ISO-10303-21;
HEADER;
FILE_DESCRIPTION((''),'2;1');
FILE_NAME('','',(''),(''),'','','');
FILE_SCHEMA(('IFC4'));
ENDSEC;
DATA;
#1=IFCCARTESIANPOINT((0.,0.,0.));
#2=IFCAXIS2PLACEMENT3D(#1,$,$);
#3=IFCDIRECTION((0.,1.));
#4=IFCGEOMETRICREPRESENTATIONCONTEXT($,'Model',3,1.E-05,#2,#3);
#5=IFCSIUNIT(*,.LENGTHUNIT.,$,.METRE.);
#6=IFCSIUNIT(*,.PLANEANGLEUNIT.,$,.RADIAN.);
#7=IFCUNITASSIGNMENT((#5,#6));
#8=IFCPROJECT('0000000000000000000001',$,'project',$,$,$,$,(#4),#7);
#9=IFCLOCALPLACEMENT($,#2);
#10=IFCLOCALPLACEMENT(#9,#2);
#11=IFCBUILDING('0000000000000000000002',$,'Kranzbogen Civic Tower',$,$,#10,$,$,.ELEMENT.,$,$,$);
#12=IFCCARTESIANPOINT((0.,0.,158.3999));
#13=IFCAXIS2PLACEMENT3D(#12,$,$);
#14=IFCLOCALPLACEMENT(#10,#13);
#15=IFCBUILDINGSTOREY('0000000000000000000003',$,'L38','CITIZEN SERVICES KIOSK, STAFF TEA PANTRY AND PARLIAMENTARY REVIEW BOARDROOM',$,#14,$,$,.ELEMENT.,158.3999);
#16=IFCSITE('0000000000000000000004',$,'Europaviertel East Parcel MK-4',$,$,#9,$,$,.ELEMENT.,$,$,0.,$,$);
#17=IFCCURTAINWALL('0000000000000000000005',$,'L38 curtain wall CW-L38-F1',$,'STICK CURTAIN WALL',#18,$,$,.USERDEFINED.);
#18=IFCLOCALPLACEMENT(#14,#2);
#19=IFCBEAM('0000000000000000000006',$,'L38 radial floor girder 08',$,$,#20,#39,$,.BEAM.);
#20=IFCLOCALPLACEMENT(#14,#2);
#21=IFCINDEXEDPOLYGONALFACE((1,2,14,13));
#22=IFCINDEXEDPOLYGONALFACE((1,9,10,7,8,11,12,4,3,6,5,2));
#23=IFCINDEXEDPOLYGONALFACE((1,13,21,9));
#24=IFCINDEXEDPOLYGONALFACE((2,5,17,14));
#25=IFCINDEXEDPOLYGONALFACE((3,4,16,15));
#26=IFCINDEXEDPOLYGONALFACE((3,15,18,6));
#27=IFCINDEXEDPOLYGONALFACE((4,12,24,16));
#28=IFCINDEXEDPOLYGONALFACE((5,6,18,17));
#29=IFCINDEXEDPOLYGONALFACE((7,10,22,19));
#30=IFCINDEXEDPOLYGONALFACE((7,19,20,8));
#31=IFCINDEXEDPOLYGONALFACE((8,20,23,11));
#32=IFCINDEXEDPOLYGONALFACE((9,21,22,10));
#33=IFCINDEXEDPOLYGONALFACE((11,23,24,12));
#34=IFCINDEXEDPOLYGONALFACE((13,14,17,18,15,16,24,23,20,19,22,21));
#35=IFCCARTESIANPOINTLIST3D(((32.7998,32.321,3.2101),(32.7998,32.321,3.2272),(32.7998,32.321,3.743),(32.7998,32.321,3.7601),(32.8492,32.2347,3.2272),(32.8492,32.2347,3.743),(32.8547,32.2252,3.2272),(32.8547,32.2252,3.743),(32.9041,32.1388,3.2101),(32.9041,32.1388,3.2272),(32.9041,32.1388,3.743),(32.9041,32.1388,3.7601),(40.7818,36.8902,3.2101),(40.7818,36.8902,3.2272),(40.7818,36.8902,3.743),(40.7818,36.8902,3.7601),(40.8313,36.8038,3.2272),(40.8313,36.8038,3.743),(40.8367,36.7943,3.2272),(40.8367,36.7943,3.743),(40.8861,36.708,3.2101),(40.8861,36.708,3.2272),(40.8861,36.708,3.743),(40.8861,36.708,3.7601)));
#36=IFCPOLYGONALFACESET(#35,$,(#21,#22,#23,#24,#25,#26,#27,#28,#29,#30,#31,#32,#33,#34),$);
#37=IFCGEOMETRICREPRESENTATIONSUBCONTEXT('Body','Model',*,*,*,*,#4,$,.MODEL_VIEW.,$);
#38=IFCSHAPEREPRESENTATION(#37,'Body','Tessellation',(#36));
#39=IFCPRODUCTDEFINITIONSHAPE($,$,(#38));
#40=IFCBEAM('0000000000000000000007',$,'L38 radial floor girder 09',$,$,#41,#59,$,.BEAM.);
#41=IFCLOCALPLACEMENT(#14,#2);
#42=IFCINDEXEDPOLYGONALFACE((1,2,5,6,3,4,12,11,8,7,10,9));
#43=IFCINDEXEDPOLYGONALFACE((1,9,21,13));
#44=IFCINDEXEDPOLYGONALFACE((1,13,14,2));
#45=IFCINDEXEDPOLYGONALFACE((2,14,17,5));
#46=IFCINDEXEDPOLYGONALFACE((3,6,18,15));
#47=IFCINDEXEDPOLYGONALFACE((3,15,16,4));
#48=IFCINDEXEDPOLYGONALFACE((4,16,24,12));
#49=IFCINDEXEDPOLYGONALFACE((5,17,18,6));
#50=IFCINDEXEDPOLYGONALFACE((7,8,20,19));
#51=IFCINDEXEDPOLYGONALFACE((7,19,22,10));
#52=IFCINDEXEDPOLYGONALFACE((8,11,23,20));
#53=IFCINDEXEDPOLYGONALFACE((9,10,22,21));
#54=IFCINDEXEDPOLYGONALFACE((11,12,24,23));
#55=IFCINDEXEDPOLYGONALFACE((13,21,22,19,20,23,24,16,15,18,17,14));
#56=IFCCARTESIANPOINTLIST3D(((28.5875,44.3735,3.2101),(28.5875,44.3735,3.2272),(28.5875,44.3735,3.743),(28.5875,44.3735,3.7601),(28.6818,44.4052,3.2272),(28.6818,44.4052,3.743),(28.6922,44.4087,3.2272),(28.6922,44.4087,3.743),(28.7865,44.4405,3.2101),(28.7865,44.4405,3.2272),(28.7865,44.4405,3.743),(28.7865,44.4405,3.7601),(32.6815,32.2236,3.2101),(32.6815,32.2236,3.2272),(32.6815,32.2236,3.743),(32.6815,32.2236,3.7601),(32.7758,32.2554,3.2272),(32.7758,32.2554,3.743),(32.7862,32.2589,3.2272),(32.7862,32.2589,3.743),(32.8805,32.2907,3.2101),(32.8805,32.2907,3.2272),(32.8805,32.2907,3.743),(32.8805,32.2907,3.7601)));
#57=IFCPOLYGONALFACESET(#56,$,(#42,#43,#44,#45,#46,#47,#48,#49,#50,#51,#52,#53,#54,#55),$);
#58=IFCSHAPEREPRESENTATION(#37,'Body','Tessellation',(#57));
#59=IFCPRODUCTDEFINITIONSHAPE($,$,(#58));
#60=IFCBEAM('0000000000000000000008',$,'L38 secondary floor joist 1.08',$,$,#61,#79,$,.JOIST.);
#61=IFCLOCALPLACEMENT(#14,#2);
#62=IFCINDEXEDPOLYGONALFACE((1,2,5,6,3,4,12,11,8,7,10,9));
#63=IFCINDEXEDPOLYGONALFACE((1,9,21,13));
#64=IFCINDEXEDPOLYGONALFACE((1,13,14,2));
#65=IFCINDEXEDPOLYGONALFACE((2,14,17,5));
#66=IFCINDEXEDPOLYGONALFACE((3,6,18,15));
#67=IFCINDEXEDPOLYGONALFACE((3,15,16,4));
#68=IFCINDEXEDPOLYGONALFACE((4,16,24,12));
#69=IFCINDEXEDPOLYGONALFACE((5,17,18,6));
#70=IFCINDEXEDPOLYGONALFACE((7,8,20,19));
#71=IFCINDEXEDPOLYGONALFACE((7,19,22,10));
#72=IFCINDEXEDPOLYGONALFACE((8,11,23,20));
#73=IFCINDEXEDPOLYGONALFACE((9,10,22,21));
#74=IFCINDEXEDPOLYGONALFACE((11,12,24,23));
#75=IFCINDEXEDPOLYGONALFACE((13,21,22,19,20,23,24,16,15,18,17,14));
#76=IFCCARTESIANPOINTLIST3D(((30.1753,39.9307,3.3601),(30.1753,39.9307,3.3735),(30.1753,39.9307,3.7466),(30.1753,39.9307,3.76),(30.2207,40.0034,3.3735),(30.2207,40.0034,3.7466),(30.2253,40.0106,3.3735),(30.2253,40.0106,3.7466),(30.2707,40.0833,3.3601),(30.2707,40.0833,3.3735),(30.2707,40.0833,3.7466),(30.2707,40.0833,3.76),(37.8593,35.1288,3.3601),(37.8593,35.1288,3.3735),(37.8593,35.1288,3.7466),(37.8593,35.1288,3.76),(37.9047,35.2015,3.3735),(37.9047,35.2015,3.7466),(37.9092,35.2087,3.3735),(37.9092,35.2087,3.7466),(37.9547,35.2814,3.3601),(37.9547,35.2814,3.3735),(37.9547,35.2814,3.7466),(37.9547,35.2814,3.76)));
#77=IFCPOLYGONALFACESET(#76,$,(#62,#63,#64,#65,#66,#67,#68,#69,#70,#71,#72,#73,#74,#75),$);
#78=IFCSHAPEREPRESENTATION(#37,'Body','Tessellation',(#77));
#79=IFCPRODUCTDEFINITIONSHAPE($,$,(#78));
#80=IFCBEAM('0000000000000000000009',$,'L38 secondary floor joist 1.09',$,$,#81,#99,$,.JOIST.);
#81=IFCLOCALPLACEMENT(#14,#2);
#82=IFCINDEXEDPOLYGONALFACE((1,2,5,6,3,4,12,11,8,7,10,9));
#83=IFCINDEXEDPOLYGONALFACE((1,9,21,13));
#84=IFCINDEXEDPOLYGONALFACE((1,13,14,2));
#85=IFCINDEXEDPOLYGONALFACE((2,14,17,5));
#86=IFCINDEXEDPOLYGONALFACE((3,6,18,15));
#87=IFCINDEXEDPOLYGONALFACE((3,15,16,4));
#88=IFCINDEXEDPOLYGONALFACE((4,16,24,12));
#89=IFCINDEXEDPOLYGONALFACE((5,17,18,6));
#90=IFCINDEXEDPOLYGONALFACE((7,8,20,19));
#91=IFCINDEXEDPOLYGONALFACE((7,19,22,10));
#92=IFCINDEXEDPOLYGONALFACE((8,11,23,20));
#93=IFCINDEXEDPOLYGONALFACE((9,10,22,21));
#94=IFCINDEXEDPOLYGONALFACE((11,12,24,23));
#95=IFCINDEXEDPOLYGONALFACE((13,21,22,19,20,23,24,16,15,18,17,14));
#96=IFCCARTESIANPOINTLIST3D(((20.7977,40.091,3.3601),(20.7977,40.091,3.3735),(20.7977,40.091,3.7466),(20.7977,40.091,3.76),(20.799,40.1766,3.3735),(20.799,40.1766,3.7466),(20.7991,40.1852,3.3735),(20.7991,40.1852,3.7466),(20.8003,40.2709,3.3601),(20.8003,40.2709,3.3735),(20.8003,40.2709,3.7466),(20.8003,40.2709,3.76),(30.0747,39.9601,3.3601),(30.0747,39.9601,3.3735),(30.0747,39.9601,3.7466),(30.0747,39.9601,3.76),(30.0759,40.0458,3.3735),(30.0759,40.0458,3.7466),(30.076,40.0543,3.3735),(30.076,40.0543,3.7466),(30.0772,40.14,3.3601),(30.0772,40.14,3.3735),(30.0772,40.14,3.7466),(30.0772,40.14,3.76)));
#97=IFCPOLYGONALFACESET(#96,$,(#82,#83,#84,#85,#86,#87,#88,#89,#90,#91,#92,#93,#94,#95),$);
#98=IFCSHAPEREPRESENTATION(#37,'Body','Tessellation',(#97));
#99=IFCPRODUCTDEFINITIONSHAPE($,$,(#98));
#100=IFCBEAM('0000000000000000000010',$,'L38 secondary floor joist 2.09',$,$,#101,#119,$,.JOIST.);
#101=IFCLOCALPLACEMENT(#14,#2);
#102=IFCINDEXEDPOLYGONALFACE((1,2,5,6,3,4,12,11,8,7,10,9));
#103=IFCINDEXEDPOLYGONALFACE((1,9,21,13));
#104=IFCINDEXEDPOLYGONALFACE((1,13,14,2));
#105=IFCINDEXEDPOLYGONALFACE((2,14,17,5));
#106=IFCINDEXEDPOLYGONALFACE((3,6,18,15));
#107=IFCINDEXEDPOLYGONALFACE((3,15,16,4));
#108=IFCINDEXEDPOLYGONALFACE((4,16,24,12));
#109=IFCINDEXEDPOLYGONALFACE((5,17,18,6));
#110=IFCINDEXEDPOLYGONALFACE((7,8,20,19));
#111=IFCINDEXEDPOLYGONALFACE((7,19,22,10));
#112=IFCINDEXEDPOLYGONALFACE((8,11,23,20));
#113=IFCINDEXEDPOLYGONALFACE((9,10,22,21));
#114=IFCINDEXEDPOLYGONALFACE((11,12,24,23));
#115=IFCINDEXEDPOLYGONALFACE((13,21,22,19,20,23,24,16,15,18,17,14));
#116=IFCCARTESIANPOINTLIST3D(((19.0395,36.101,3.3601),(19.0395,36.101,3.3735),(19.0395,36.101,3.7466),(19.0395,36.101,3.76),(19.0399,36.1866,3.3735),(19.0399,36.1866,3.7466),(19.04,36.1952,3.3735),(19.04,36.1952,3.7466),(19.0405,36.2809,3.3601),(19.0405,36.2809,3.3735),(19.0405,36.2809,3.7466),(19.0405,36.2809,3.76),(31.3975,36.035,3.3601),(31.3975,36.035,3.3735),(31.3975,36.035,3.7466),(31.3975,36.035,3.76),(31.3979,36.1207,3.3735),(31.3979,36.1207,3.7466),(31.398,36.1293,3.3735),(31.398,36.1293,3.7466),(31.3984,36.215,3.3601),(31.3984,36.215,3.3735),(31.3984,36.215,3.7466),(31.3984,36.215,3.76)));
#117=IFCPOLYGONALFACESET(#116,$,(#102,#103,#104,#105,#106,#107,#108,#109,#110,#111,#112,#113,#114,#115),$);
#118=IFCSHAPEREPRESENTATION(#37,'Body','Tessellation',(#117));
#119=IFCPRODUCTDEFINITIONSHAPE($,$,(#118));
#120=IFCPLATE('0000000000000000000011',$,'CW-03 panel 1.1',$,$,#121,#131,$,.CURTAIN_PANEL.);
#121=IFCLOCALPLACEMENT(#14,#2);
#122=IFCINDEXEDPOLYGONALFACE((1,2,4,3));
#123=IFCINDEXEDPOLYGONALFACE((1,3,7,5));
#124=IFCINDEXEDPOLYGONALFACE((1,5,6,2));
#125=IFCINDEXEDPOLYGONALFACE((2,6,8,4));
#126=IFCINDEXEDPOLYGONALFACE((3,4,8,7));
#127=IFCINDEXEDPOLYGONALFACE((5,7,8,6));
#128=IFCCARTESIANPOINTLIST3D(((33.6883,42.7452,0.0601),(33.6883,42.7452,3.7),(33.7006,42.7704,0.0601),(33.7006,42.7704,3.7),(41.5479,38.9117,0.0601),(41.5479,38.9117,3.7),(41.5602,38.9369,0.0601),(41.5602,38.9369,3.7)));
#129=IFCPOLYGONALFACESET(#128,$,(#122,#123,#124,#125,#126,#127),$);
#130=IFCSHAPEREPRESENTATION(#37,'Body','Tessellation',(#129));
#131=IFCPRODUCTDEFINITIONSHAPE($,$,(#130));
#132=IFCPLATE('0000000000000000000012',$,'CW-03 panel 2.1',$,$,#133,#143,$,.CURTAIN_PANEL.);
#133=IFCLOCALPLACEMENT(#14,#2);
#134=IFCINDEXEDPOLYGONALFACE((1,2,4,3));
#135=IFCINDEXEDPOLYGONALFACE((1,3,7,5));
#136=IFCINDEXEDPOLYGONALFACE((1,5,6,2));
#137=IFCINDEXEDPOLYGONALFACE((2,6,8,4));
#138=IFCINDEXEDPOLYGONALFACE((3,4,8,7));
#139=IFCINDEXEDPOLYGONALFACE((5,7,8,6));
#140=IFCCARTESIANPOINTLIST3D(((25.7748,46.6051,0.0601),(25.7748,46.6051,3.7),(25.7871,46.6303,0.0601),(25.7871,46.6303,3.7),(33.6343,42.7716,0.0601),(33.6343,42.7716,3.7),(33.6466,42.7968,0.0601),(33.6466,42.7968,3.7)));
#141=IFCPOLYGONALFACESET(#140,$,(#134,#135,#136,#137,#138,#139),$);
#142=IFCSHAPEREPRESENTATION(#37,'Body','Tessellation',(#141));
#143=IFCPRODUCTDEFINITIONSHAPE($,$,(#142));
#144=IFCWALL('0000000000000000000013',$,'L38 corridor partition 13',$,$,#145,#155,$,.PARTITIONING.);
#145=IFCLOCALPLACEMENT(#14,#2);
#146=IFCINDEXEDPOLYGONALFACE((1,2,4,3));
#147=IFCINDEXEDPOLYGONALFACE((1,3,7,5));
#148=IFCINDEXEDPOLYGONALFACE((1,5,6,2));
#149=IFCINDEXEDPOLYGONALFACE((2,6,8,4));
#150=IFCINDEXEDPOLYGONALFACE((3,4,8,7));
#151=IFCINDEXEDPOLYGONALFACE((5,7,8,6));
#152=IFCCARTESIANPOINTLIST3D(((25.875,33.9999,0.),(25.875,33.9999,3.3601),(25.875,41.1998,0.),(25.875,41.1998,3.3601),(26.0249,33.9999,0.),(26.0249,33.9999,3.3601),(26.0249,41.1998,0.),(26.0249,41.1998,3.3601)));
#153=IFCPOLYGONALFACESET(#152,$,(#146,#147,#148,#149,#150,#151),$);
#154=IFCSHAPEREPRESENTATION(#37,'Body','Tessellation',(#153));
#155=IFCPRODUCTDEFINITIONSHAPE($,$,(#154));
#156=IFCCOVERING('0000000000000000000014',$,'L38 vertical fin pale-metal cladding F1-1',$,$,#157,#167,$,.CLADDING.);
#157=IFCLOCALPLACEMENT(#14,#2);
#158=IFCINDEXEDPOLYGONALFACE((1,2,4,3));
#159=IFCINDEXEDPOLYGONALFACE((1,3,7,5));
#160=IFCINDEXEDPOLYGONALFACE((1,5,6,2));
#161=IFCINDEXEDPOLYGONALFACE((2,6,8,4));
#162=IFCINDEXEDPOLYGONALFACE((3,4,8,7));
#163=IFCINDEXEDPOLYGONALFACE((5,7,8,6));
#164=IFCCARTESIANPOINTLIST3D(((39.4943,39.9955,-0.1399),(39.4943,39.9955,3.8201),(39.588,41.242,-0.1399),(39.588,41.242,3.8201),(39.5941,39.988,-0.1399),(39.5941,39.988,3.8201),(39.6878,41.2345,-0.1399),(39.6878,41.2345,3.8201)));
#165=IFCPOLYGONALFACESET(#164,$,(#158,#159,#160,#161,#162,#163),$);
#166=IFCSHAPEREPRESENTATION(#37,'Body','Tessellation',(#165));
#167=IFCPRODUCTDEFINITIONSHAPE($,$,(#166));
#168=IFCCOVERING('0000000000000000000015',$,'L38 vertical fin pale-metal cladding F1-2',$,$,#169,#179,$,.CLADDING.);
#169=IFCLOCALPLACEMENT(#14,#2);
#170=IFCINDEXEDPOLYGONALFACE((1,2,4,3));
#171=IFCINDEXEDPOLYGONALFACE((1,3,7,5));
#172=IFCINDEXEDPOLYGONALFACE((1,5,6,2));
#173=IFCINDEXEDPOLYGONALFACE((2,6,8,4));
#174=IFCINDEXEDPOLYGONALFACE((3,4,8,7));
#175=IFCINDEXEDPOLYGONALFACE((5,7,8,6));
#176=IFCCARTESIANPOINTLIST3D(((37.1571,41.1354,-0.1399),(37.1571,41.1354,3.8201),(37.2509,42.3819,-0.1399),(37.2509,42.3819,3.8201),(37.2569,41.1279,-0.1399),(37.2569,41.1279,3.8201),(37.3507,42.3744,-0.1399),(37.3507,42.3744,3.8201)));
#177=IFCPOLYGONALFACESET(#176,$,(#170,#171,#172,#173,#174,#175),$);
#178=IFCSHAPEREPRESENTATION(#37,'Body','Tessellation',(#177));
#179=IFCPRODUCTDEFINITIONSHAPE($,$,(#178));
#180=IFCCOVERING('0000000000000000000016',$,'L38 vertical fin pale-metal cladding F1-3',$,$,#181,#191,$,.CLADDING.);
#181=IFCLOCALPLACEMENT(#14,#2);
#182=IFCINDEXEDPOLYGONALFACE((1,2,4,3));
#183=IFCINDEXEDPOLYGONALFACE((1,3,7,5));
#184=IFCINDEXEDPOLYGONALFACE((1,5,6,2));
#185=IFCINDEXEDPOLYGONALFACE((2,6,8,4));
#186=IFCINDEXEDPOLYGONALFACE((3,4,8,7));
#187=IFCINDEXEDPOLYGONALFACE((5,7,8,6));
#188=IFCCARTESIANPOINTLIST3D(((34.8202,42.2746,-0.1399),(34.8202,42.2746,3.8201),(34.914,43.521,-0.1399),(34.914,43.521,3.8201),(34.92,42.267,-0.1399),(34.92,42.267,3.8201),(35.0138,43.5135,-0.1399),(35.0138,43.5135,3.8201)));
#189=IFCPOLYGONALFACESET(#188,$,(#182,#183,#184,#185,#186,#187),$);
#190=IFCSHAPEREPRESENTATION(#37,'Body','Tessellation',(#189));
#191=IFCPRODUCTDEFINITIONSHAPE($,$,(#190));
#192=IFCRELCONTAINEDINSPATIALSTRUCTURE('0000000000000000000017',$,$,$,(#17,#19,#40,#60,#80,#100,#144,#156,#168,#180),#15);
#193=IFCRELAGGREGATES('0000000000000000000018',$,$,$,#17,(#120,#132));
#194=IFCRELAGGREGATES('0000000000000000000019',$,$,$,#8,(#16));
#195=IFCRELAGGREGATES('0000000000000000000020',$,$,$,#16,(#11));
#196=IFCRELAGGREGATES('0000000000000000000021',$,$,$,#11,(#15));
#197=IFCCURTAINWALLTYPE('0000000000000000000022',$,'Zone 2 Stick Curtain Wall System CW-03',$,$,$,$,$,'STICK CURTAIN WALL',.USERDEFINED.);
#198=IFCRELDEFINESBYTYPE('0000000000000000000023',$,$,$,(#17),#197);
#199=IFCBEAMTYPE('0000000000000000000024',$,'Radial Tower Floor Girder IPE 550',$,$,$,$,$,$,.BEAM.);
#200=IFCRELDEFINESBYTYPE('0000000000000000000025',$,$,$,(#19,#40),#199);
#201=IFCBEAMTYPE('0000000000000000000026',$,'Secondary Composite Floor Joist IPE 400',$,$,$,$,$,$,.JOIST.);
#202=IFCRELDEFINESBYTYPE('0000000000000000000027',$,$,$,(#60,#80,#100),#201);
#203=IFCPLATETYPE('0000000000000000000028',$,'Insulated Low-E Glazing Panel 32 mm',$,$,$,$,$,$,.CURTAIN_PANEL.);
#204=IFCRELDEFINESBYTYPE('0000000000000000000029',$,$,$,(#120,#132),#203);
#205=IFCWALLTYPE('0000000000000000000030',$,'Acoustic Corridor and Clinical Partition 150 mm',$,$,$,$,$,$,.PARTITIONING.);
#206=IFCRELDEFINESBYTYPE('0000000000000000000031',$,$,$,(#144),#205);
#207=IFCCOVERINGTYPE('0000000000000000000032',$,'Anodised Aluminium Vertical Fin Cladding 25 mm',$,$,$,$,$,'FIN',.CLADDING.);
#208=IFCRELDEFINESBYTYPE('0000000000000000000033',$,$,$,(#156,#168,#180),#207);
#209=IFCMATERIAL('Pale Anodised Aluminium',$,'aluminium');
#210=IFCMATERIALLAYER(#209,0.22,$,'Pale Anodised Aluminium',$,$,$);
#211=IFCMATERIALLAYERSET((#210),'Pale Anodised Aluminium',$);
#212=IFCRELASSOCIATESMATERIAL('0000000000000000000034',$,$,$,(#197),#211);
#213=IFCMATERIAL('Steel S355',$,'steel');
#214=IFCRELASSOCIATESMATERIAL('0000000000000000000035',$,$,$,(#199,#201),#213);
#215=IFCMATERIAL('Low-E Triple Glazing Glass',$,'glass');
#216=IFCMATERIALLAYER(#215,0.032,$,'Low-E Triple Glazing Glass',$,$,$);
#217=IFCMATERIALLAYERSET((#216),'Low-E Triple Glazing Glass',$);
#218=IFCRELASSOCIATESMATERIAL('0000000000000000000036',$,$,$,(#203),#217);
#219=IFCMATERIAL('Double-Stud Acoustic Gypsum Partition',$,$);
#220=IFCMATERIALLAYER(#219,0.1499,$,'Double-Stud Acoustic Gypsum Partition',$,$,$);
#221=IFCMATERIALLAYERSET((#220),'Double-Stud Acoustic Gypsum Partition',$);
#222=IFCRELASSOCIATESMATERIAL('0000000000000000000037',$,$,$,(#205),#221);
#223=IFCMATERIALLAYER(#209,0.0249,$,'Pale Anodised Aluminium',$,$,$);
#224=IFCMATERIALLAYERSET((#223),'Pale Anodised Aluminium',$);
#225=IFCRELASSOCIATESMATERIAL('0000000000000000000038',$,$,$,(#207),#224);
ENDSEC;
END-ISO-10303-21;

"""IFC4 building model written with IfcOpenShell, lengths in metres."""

from ifc_helpers import new_model, si_unit, direction, frame, frame_2d, origin, origin_2d, place, context, subcontext, project, spatial, rectangle, i_section, extrude, material, layer, layer_set, material_profile, profile_set, type_object, element, aggregate, save


model = new_model("IFC4")

# Units and contexts
model_context = context("Model", 3, precision=1e-05, world=origin(), true_north=direction((0.0, 1.0)))
body_context = subcontext(model_context, "Body", "Model", "MODEL_VIEW")
ifc_project = project(units=[si_unit("LENGTHUNIT", "METRE"), si_unit("PLANEANGLEUNIT", "RADIAN")], contexts=[model_context])

# Site, building, storey
site_placement = place(None, origin())
site = spatial("IfcSite", under=ifc_project, at=site_placement, Name="Europaviertel East Parcel MK-4", CompositionType="ELEMENT", RefElevation=0.0)
building_placement = place(site_placement, origin())
building = spatial("IfcBuilding", under=site, at=building_placement, Name="Kranzbogen Civic Tower", CompositionType="ELEMENT")
storey_placement = place(building_placement, frame((0.0, 0.0, 158.3999)))
storey = spatial("IfcBuildingStorey", under=building, at=storey_placement, Name="L38", Description="CITIZEN SERVICES KIOSK, STAFF TEA PANTRY AND PARLIAMENTARY REVIEW BOARDROOM", CompositionType="ELEMENT", Elevation=158.3999)

# Shared definitions
ifc_material_1 = material(Name="Steel S355", Category="steel")

# Curtain wall
ifc_material_2 = material(Name="Pale Anodised Aluminium", Category="aluminium")
ifc_layer_1 = layer(ifc_material_2, 0.22, Name="Pale Anodised Aluminium")
ifc_layer_set_1 = layer_set([ifc_layer_1], Name="Pale Anodised Aluminium")
curtain_wall_type = type_object("IfcCurtainWallType", Name="Zone 2 Stick Curtain Wall System CW-03", ElementType="STICK CURTAIN WALL", PredefinedType="USERDEFINED", material=ifc_layer_set_1)
curtain_wall_placement = place(storey_placement, origin())
curtain_wall = element("IfcCurtainWall", 1, at=curtain_wall_placement, inside=storey, type_object=curtain_wall_type, Name="L38 curtain wall CW-L38-F1", ObjectType="STICK CURTAIN WALL", PredefinedType="USERDEFINED")

# Beams
ifc_material_profile_1 = material_profile(ifc_material_1, i_section(OverallWidth=0.21, OverallDepth=0.55, WebThickness=0.011, FlangeThickness=0.0171, at=origin_2d()), Name="IPE 550")
ifc_profile_set_1 = profile_set([ifc_material_profile_1], Name="Steel S355")
beam_type_1 = type_object("IfcBeamType", Name="Radial Tower Floor Girder IPE 550", PredefinedType="BEAM", material=ifc_profile_set_1)
beam_1_placement = place(storey_placement, frame((40.834, 36.7991, 3.4851), z_axis=(-0.867869, -0.496793, 0.0), x_axis=(0.496793, -0.867869, 0.0)))
element("IfcBeam", 2, at=beam_1_placement, inside=storey, type_object=beam_type_1, Name="L38 radial floor girder 08", PredefinedType="BEAM", context=body_context, shape_type="SweptSolid", body=[
    extrude(i_section(OverallWidth=0.21, OverallDepth=0.55, WebThickness=0.011, FlangeThickness=0.0171, at=origin_2d()), origin(), (0.0, 0.0, 1.0), 9.1973),
])
beam_2_placement = place(storey_placement, frame((28.687, 44.407, 3.4851), z_axis=(0.319317, -0.947648, 0.0), x_axis=(0.947648, 0.319317, 0.0)))
element("IfcBeam", 3, at=beam_2_placement, inside=storey, type_object=beam_type_1, Name="L38 radial floor girder 09", PredefinedType="BEAM", context=body_context, shape_type="SweptSolid", body=[
    extrude(i_section(OverallWidth=0.21, OverallDepth=0.55, WebThickness=0.011, FlangeThickness=0.0171, at=origin_2d()), origin(), (0.0, 0.0, 1.0), 12.821),
])
ifc_material_profile_2 = material_profile(ifc_material_1, i_section(OverallWidth=0.1799, OverallDepth=0.3999, WebThickness=0.0085, FlangeThickness=0.0134, at=origin_2d()), Name="IPE 400")
ifc_profile_set_2 = profile_set([ifc_material_profile_2], Name="Steel S355")
beam_type_2 = type_object("IfcBeamType", Name="Secondary Composite Floor Joist IPE 400", PredefinedType="JOIST", material=ifc_profile_set_2)
beam_3_placement = place(storey_placement, frame((37.907, 35.2051, 3.5601), z_axis=(-0.848026, 0.529955, 0.0), x_axis=(-0.529955, -0.848026, 0.0)))
element("IfcBeam", 4, at=beam_3_placement, inside=storey, type_object=beam_type_2, Name="L38 secondary floor joist 1.08", PredefinedType="JOIST", context=body_context, shape_type="SweptSolid", body=[
    extrude(i_section(OverallWidth=0.1799, OverallDepth=0.3999, WebThickness=0.0085, FlangeThickness=0.0134, at=origin_2d()), origin(), (0.0, 0.0, 1.0), 9.061),
])
beam_4_placement = place(storey_placement, frame((30.0759, 40.05, 3.5601), z_axis=(-0.999901, 0.014105, 0.0), x_axis=(-0.014105, -0.999901, 0.0)))
element("IfcBeam", 5, at=beam_4_placement, inside=storey, type_object=beam_type_2, Name="L38 secondary floor joist 1.09", PredefinedType="JOIST", context=body_context, shape_type="SweptSolid", body=[
    extrude(i_section(OverallWidth=0.1799, OverallDepth=0.3999, WebThickness=0.0085, FlangeThickness=0.0134, at=origin_2d()), origin(), (0.0, 0.0, 1.0), 9.2778),
])
beam_5_placement = place(storey_placement, frame((31.3979, 36.125, 3.5601), z_axis=(-0.999986, 0.005334, 0.0), x_axis=(-0.005334, -0.999986, 0.0)))
element("IfcBeam", 6, at=beam_5_placement, inside=storey, type_object=beam_type_2, Name="L38 secondary floor joist 2.09", PredefinedType="JOIST", context=body_context, shape_type="SweptSolid", body=[
    extrude(i_section(OverallWidth=0.1799, OverallDepth=0.3999, WebThickness=0.0085, FlangeThickness=0.0134, at=origin_2d()), origin(), (0.0, 0.0, 1.0), 12.3582),
])

# Plates
ifc_material_3 = material(Name="Low-E Triple Glazing Glass", Category="glass")
ifc_layer_2 = layer(ifc_material_3, 0.032, Name="Low-E Triple Glazing Glass")
ifc_layer_set_2 = layer_set([ifc_layer_2], Name="Low-E Triple Glazing Glass")
plate_type = type_object("IfcPlateType", Name="Insulated Low-E Glazing Panel 32 mm", PredefinedType="CURTAIN_PANEL", material=ifc_layer_set_2)
plate_1_placement = place(storey_placement, frame((37.6243, 40.8411, 0.0601), z_axis=(0.0, 0.0, 1.0), x_axis=(-0.898787, 0.438386, 0.0)))
plate_1 = element("IfcPlate", 7, at=plate_1_placement, type_object=plate_type, Name="CW-03 panel 1.1", PredefinedType="CURTAIN_PANEL", context=body_context, shape_type="SweptSolid", body=[
    extrude(rectangle(XDim=8.7446, YDim=0.0281, at=origin_2d()), origin(), (0.0, 0.0, 1.0), 3.6399),
])
plate_2_placement = place(storey_placement, frame((29.7107, 44.7009, 0.0601), z_axis=(0.0, 0.0, 1.0), x_axis=(-0.898787, 0.438386, 0.0)))
plate_2 = element("IfcPlate", 8, at=plate_2_placement, type_object=plate_type, Name="CW-03 panel 2.1", PredefinedType="CURTAIN_PANEL", context=body_context, shape_type="SweptSolid", body=[
    extrude(rectangle(XDim=8.7446, YDim=0.0281, at=origin_2d()), origin(), (0.0, 0.0, 1.0), 3.6399),
])
aggregate(curtain_wall, [plate_1, plate_2])

# Wall
ifc_material_4 = material(Name="Double-Stud Acoustic Gypsum Partition")
ifc_layer_3 = layer(ifc_material_4, 0.1499, Name="Double-Stud Acoustic Gypsum Partition")
ifc_layer_set_3 = layer_set([ifc_layer_3], Name="Double-Stud Acoustic Gypsum Partition")
wall_type = type_object("IfcWallType", Name="Acoustic Corridor and Clinical Partition 150 mm", PredefinedType="PARTITIONING", material=ifc_layer_set_3)
wall_placement = place(storey_placement, frame((25.95, 41.2, 0.0), z_axis=(0.0, 0.0, 1.0), x_axis=(0.0, -1.0, 0.0)))
element("IfcWall", 9, at=wall_placement, inside=storey, type_object=wall_type, Name="L38 corridor partition 13", PredefinedType="PARTITIONING", context=body_context, shape_type="SweptSolid", body=[
    extrude(rectangle(XDim=7.2, YDim=0.1499, at=frame_2d((3.6001, 0.0))), origin(), (0.0, 0.0, 1.0), 3.3601),
])

# Coverings
ifc_layer_4 = layer(ifc_material_2, 0.0249, Name="Pale Anodised Aluminium")
ifc_layer_set_4 = layer_set([ifc_layer_4], Name="Pale Anodised Aluminium")
covering_type = type_object("IfcCoveringType", Name="Anodised Aluminium Vertical Fin Cladding 25 mm", ElementType="FIN", PredefinedType="CLADDING", material=ifc_layer_set_4)
for number, where, z_axis, x_axis, name in (
    (10, (39.5911, 40.615, -0.1399), (0.0, 0.0, 1.0), (0.074996, 0.997184, 0.0), "L38 vertical fin pale-metal cladding F1-1"),
    (11, (37.2539, 41.7549, -0.1399), (0.0, 0.0, 1.0), (0.074996, 0.997184, 0.0), "L38 vertical fin pale-metal cladding F1-2"),
    (12, (34.917, 42.894, -0.1399), (0.0, 0.0, 1.0), (0.074996, 0.997184, 0.0), "L38 vertical fin pale-metal cladding F1-3"),
):
    element("IfcCovering", number, at=place(storey_placement, frame(where, z_axis=z_axis, x_axis=x_axis)), inside=storey, type_object=covering_type, Name=name, PredefinedType="CLADDING", context=body_context, shape_type="SweptSolid", body=[
        extrude(rectangle(XDim=1.25, YDim=0.1001, at=origin_2d()), origin(), (0.0, 0.0, 1.0), 3.96),
    ])

save(model, "model.ifc")
